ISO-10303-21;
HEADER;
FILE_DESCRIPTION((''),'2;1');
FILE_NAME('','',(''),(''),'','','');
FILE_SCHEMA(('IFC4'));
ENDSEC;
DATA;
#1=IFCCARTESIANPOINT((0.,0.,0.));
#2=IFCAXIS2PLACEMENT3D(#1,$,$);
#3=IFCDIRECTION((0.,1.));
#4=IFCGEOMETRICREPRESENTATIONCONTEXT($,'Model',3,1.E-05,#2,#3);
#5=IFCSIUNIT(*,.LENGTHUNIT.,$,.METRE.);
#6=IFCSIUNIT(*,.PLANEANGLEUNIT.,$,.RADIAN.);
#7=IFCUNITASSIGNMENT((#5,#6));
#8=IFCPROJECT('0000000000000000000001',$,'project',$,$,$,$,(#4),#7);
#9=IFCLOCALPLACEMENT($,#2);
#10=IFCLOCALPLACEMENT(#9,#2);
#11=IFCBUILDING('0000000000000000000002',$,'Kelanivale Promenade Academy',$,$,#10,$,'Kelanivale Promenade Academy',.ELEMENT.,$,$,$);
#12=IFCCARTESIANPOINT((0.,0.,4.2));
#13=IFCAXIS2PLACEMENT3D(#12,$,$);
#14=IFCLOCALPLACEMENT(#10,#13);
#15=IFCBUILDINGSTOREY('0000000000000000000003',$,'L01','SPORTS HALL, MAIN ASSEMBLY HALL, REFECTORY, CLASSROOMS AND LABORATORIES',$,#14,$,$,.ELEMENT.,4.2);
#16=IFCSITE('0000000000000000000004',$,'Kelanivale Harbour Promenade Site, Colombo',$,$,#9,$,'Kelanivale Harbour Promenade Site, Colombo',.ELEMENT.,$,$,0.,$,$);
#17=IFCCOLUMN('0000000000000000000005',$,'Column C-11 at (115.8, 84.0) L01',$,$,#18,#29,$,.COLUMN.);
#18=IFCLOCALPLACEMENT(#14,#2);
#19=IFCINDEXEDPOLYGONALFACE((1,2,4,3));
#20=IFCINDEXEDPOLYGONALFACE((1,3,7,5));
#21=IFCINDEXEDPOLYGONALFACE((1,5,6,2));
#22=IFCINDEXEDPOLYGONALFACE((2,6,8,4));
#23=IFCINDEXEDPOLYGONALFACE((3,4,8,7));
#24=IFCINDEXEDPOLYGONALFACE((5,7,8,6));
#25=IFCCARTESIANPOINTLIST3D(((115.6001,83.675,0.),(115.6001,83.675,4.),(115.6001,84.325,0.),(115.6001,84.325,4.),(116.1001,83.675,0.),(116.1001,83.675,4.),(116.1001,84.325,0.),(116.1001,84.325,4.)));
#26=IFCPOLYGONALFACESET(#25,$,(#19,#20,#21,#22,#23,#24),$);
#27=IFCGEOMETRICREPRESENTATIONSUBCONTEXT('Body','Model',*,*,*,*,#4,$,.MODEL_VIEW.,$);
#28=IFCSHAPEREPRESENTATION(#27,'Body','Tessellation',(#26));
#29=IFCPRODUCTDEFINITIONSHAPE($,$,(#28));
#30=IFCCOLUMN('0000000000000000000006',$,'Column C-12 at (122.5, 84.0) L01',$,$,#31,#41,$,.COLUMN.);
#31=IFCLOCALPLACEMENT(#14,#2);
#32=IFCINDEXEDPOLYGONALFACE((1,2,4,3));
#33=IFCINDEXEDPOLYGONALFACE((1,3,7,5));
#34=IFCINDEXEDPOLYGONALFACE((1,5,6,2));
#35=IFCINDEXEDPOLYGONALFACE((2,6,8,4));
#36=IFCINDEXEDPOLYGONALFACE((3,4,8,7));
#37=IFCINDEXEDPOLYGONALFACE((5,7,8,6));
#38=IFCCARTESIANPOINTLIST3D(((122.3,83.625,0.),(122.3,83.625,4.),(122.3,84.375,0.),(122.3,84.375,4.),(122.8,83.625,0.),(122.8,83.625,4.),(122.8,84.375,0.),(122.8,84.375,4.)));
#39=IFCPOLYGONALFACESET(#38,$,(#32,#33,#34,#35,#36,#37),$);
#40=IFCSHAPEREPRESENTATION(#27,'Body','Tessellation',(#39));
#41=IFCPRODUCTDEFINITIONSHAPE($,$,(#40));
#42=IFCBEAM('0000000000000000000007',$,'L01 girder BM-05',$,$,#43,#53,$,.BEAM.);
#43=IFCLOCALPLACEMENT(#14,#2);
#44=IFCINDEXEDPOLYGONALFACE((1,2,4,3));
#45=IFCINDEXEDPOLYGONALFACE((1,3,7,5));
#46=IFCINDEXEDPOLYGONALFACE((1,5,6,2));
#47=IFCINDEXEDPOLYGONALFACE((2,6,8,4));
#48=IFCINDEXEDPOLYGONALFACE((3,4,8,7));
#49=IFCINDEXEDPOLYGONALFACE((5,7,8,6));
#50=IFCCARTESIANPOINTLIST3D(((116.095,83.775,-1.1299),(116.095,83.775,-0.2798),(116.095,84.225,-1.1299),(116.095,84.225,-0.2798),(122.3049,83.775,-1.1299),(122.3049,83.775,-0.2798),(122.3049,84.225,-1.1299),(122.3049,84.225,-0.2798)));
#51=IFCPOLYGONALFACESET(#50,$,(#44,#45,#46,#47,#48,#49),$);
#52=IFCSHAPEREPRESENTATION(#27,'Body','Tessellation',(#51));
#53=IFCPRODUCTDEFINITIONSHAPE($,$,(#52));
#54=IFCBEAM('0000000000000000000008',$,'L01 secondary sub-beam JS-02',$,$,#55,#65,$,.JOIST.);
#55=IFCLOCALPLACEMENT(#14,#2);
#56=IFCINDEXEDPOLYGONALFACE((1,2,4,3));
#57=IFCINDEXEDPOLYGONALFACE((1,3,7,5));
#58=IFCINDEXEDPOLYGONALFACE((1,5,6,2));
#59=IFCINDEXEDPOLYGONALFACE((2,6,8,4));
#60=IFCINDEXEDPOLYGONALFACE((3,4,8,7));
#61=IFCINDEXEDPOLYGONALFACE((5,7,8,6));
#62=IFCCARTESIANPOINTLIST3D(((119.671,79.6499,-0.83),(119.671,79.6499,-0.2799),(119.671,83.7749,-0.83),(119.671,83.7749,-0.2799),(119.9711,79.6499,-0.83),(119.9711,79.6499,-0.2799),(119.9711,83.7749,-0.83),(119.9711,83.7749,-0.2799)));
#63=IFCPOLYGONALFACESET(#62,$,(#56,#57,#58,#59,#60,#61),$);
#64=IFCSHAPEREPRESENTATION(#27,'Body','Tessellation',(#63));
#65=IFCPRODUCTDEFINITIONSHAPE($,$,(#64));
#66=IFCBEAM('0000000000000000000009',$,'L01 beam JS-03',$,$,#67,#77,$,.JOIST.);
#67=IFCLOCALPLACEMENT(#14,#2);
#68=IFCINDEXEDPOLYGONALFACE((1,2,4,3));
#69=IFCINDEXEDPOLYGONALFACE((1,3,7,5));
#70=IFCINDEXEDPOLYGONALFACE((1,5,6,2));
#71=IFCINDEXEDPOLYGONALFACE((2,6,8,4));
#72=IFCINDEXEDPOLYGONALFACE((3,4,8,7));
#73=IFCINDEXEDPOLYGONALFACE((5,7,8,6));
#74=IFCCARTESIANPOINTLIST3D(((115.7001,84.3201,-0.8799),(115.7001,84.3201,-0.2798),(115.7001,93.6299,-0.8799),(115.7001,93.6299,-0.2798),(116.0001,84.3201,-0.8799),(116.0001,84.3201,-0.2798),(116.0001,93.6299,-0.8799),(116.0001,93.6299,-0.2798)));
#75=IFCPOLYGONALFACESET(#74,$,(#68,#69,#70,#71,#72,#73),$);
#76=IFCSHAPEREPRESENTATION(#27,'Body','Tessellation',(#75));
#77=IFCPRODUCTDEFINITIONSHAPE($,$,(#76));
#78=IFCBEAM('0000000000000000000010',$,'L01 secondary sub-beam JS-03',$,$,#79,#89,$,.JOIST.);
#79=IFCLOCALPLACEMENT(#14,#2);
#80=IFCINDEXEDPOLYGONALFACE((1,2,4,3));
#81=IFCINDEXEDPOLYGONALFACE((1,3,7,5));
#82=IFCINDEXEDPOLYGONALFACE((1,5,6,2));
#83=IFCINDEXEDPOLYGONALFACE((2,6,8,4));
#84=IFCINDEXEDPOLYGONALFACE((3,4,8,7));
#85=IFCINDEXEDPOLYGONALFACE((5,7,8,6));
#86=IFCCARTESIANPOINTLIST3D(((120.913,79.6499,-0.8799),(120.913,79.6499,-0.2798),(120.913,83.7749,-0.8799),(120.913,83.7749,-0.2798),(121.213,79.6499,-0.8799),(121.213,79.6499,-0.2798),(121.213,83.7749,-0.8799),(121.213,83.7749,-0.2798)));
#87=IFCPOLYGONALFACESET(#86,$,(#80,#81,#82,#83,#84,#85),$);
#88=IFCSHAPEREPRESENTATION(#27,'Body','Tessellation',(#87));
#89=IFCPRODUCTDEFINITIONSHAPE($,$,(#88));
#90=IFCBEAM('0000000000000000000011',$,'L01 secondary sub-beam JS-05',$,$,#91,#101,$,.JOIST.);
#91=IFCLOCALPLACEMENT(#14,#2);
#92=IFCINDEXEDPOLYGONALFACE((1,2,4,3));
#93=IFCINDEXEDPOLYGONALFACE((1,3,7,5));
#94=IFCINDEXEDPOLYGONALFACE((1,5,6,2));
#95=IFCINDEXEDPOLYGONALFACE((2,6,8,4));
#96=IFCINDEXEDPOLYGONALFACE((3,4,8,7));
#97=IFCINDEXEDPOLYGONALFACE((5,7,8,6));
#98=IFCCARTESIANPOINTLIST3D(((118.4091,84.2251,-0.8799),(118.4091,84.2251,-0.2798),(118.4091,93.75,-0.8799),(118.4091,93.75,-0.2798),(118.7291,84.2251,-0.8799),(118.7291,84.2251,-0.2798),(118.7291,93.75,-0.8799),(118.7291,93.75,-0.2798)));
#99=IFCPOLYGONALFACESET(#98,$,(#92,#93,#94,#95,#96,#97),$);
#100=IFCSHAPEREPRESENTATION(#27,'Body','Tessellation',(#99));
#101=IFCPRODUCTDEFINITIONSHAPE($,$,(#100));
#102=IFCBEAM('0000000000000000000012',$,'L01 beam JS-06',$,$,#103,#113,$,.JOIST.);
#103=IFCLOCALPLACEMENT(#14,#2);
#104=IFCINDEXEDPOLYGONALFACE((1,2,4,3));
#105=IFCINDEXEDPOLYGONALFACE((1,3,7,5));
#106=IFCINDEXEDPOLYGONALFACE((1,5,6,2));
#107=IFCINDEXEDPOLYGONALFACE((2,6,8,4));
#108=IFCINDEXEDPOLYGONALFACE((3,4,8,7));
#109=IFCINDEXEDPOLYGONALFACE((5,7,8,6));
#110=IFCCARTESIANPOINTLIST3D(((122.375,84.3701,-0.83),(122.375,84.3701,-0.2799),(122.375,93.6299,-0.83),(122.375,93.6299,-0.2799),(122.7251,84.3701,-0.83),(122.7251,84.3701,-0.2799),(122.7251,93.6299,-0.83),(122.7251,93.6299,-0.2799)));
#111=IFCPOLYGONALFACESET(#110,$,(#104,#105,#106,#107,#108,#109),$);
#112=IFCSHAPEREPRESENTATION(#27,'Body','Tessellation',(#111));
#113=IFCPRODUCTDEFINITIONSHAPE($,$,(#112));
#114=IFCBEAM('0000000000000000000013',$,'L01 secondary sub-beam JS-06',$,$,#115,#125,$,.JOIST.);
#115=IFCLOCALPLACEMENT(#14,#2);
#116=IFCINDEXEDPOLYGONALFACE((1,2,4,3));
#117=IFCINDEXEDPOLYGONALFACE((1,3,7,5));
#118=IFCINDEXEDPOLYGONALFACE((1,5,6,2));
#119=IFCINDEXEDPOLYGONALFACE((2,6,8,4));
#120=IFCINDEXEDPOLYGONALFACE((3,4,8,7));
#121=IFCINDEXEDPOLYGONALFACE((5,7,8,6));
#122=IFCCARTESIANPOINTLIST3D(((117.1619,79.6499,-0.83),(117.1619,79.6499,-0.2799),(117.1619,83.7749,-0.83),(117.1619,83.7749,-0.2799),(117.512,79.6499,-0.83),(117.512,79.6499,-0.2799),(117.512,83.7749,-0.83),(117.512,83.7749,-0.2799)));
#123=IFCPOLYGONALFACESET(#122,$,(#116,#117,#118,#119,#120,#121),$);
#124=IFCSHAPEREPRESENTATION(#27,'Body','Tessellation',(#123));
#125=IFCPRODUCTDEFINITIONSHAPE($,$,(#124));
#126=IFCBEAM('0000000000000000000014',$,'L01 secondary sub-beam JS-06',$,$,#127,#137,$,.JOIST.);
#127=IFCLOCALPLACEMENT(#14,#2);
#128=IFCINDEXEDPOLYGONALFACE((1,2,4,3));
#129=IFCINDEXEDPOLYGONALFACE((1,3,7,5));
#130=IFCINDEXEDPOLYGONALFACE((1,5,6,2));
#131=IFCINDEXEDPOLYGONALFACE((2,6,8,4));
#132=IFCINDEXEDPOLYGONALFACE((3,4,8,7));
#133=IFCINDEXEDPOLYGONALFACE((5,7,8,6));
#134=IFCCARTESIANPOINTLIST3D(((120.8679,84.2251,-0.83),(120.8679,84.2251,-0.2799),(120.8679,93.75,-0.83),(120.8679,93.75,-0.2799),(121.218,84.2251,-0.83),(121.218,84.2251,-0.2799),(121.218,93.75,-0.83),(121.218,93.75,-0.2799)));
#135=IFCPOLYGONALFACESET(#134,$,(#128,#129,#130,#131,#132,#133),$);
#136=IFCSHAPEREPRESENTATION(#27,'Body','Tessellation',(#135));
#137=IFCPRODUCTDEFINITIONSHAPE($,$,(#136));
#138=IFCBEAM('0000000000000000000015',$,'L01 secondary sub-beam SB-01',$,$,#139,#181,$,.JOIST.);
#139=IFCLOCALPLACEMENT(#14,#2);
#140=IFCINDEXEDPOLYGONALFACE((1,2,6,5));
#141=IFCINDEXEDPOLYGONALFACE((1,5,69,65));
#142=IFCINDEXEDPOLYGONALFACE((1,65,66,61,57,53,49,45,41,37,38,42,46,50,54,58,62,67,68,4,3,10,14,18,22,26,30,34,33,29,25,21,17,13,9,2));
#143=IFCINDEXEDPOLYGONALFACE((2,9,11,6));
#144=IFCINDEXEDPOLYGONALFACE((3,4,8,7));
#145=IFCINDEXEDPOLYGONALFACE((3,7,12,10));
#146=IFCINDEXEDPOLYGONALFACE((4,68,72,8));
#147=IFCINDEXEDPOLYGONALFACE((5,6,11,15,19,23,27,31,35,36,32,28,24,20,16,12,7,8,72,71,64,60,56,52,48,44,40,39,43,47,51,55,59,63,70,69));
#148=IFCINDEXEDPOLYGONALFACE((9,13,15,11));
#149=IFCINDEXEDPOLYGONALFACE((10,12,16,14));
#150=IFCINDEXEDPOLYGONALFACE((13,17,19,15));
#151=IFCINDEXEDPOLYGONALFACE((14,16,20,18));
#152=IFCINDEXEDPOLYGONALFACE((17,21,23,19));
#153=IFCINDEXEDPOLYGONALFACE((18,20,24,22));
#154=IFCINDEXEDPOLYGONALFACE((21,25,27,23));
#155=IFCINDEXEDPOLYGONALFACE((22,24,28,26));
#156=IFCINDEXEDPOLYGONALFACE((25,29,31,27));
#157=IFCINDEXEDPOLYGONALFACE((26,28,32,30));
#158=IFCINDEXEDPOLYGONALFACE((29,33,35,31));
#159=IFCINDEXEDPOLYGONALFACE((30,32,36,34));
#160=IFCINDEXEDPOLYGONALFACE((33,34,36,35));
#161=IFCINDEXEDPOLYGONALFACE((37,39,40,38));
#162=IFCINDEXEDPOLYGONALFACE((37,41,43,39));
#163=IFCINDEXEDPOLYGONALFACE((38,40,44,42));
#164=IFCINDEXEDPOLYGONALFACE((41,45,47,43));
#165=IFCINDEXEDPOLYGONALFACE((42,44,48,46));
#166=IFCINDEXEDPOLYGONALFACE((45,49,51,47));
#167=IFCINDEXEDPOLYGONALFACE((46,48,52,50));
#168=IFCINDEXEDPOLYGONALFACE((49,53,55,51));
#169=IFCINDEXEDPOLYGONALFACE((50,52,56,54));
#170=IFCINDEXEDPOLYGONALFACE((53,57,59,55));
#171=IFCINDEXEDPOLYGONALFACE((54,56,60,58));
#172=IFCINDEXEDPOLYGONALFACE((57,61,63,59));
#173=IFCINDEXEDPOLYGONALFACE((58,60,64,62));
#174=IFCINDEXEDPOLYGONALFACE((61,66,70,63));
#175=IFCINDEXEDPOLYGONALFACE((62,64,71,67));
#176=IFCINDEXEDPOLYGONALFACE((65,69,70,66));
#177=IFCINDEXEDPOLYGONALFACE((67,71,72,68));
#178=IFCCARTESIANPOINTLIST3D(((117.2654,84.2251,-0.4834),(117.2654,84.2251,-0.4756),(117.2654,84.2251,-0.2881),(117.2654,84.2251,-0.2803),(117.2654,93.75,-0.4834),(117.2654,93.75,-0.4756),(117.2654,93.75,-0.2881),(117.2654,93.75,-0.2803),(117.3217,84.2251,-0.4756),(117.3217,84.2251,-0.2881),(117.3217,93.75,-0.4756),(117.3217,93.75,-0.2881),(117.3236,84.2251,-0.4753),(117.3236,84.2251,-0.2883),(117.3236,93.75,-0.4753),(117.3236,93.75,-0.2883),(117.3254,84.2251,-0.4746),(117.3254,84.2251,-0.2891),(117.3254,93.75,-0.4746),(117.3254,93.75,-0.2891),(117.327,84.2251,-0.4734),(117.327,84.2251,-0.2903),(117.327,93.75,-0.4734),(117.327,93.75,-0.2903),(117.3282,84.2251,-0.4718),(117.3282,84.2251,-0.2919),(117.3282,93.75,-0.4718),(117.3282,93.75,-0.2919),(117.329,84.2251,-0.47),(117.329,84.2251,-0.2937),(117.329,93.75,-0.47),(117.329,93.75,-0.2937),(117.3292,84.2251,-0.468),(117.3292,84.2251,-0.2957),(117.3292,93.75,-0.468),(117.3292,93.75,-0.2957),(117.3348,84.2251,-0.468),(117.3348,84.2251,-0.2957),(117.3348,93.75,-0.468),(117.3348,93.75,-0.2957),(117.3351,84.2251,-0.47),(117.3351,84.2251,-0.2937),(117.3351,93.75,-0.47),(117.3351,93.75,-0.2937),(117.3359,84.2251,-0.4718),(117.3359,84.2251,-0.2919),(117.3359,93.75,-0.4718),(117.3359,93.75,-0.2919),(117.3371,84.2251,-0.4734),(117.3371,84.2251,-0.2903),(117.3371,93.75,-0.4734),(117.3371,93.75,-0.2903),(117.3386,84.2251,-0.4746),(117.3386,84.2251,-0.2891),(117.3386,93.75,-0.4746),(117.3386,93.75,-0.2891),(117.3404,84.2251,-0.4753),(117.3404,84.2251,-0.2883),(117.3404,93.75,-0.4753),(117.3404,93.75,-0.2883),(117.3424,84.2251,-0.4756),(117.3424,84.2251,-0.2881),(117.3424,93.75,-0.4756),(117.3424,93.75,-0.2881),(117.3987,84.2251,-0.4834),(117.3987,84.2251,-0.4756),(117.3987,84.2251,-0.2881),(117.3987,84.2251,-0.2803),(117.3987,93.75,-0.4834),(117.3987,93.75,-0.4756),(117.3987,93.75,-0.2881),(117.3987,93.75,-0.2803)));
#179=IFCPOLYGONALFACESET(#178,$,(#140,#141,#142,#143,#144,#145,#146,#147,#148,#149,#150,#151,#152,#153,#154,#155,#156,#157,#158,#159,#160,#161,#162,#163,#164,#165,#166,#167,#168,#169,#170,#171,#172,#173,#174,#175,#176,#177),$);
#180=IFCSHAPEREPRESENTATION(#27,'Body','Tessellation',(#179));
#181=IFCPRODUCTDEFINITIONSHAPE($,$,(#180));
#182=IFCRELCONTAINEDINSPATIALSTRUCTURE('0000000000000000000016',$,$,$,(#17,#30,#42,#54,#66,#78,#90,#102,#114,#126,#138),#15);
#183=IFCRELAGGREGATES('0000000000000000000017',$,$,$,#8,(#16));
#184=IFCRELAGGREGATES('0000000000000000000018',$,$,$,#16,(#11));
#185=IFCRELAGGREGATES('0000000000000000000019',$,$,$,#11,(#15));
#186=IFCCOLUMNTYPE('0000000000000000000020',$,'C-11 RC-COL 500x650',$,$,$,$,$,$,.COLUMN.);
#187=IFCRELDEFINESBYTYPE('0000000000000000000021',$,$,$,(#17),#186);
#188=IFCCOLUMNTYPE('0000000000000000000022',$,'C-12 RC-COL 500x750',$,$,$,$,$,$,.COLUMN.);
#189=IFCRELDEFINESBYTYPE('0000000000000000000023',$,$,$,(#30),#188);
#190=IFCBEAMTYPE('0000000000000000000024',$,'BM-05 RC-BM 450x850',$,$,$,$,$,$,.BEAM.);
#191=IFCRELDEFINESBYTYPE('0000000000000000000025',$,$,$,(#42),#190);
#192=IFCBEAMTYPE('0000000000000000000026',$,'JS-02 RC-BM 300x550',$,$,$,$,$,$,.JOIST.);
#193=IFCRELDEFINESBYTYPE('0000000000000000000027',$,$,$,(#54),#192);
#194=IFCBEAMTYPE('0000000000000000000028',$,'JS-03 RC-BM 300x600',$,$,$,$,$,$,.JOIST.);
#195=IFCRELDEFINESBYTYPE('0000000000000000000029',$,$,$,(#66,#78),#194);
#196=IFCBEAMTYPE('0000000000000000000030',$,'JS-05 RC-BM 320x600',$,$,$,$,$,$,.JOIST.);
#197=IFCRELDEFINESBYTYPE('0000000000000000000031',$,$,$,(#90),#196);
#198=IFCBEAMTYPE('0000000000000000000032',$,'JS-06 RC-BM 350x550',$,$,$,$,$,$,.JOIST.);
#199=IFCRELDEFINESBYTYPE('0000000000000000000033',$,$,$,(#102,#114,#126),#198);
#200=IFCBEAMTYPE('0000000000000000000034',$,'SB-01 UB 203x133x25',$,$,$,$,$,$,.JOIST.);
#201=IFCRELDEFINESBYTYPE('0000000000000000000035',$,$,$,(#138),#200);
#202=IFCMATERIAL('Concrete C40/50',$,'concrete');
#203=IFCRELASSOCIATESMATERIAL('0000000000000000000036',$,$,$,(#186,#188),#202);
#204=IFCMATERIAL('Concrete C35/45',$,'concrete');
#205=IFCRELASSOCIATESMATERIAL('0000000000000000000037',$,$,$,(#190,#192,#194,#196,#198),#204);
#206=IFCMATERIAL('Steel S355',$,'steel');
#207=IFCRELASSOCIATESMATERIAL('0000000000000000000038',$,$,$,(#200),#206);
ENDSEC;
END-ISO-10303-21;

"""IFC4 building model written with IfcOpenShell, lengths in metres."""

from ifc_helpers import new_model, si_unit, direction, frame, origin, origin_2d, place, context, subcontext, project, spatial, rectangle, i_section, extrude, material, material_profile, profile_set, type_object, element, save


model = new_model("IFC4")

# Units and contexts
model_context = context("Model", 3, precision=1e-05, world=origin(), true_north=direction((0.0, 1.0)))
body_context = subcontext(model_context, "Body", "Model", "MODEL_VIEW")
ifc_project = project(units=[si_unit("LENGTHUNIT", "METRE"), si_unit("PLANEANGLEUNIT", "RADIAN")], contexts=[model_context])

# Site, building, storey
site_placement = place(None, origin())
site = spatial("IfcSite", under=ifc_project, at=site_placement, Name="Kelanivale Harbour Promenade Site, Colombo", LongName="Kelanivale Harbour Promenade Site, Colombo", CompositionType="ELEMENT", RefElevation=0.0)
building_placement = place(site_placement, origin())
building = spatial("IfcBuilding", under=site, at=building_placement, Name="Kelanivale Promenade Academy", LongName="Kelanivale Promenade Academy", CompositionType="ELEMENT")
storey_placement = place(building_placement, frame((0.0, 0.0, 4.2)))
storey = spatial("IfcBuildingStorey", under=building, at=storey_placement, Name="L01", Description="SPORTS HALL, MAIN ASSEMBLY HALL, REFECTORY, CLASSROOMS AND LABORATORIES", CompositionType="ELEMENT", Elevation=4.2)

# Columns
ifc_material_1 = material(Name="Concrete C40/50", Category="concrete")
ifc_material_profile_1 = material_profile(ifc_material_1, rectangle(XDim=0.5, YDim=0.6499, at=origin_2d()), Name="RC-COL 500x650")
ifc_profile_set_1 = profile_set([ifc_material_profile_1], Name="Concrete C40/50")
column_type_1 = type_object("IfcColumnType", Name="C-11 RC-COL 500x650", PredefinedType="COLUMN", material=ifc_profile_set_1)
column_1_placement = place(storey_placement, frame((115.8501, 84.0, 0.0), z_axis=(0.0, 0.0, 1.0), x_axis=(1.0, 0.0, 0.0)))
element("IfcColumn", 1, at=column_1_placement, inside=storey, type_object=column_type_1, Name="Column C-11 at (115.8, 84.0) L01", PredefinedType="COLUMN", context=body_context, shape_type="SweptSolid", body=[
    extrude(rectangle(XDim=0.5, YDim=0.6499, at=origin_2d()), origin(), (0.0, 0.0, 1.0), 4.0),
])
ifc_material_profile_2 = material_profile(ifc_material_1, rectangle(XDim=0.5, YDim=0.75, at=origin_2d()), Name="RC-COL 500x750")
ifc_profile_set_2 = profile_set([ifc_material_profile_2], Name="Concrete C40/50")
column_type_2 = type_object("IfcColumnType", Name="C-12 RC-COL 500x750", PredefinedType="COLUMN", material=ifc_profile_set_2)
column_2_placement = place(storey_placement, frame((122.55, 84.0, 0.0), z_axis=(0.0, 0.0, 1.0), x_axis=(1.0, 0.0, 0.0)))
element("IfcColumn", 2, at=column_2_placement, inside=storey, type_object=column_type_2, Name="Column C-12 at (122.5, 84.0) L01", PredefinedType="COLUMN", context=body_context, shape_type="SweptSolid", body=[
    extrude(rectangle(XDim=0.5, YDim=0.75, at=origin_2d()), origin(), (0.0, 0.0, 1.0), 4.0),
])

# Beams
ifc_material_2 = material(Name="Concrete C35/45", Category="concrete")
ifc_material_profile_3 = material_profile(ifc_material_2, rectangle(XDim=0.45, YDim=0.8501, at=origin_2d()), Name="RC-BM 450x850")
ifc_profile_set_3 = profile_set([ifc_material_profile_3], Name="Concrete C35/45")
beam_type_1 = type_object("IfcBeamType", Name="BM-05 RC-BM 450x850", PredefinedType="BEAM", material=ifc_profile_set_3)
beam_1_placement = place(storey_placement, frame((116.095, 84.0, -0.7048), z_axis=(1.0, 0.0, 0.0), x_axis=(0.0, 1.0, 0.0)))
element("IfcBeam", 3, at=beam_1_placement, inside=storey, type_object=beam_type_1, Name="L01 girder BM-05", PredefinedType="BEAM", context=body_context, shape_type="SweptSolid", body=[
    extrude(rectangle(XDim=0.45, YDim=0.8501, at=origin_2d()), origin(), (0.0, 0.0, 1.0), 6.21),
])
ifc_material_profile_4 = material_profile(ifc_material_2, rectangle(XDim=0.3, YDim=0.55, at=origin_2d()), Name="RC-BM 300x550")
ifc_profile_set_4 = profile_set([ifc_material_profile_4], Name="Concrete C35/45")
beam_type_2 = type_object("IfcBeamType", Name="JS-02 RC-BM 300x550", PredefinedType="JOIST", material=ifc_profile_set_4)
beam_2_placement = place(storey_placement, frame((119.821, 79.6499, -0.5549), z_axis=(0.0, 1.0, 0.0), x_axis=(-1.0, 0.0, 0.0)))
element("IfcBeam", 4, at=beam_2_placement, inside=storey, type_object=beam_type_2, Name="L01 secondary sub-beam JS-02", PredefinedType="JOIST", context=body_context, shape_type="SweptSolid", body=[
    extrude(rectangle(XDim=0.3, YDim=0.55, at=origin_2d()), origin(), (0.0, 0.0, 1.0), 4.125),
])
ifc_material_profile_5 = material_profile(ifc_material_2, rectangle(XDim=0.3, YDim=0.6001, at=origin_2d()), Name="RC-BM 300x600")
ifc_profile_set_5 = profile_set([ifc_material_profile_5], Name="Concrete C35/45")
beam_type_3 = type_object("IfcBeamType", Name="JS-03 RC-BM 300x600", PredefinedType="JOIST", material=ifc_profile_set_5)
beam_3_placement = place(storey_placement, frame((115.8501, 84.3201, -0.5798), z_axis=(0.0, 1.0, 0.0), x_axis=(-1.0, 0.0, 0.0)))
element("IfcBeam", 5, at=beam_3_placement, inside=storey, type_object=beam_type_3, Name="L01 beam JS-03", PredefinedType="JOIST", context=body_context, shape_type="SweptSolid", body=[
    extrude(rectangle(XDim=0.3, YDim=0.6001, at=origin_2d()), origin(), (0.0, 0.0, 1.0), 9.3098),
])
beam_4_placement = place(storey_placement, frame((121.063, 79.6499, -0.5798), z_axis=(0.0, 1.0, 0.0), x_axis=(-1.0, 0.0, 0.0)))
element("IfcBeam", 6, at=beam_4_placement, inside=storey, type_object=beam_type_3, Name="L01 secondary sub-beam JS-03", PredefinedType="JOIST", context=body_context, shape_type="SweptSolid", body=[
    extrude(rectangle(XDim=0.3, YDim=0.6001, at=origin_2d()), origin(), (0.0, 0.0, 1.0), 4.125),
])
ifc_material_profile_6 = material_profile(ifc_material_2, rectangle(XDim=0.3201, YDim=0.6001, at=origin_2d()), Name="RC-BM 320x600")
ifc_profile_set_6 = profile_set([ifc_material_profile_6], Name="Concrete C35/45")
beam_type_4 = type_object("IfcBeamType", Name="JS-05 RC-BM 320x600", PredefinedType="JOIST", material=ifc_profile_set_6)
beam_5_placement = place(storey_placement, frame((118.5691, 84.2251, -0.5798), z_axis=(0.0, 1.0, 0.0), x_axis=(-1.0, 0.0, 0.0)))
element("IfcBeam", 7, at=beam_5_placement, inside=storey, type_object=beam_type_4, Name="L01 secondary sub-beam JS-05", PredefinedType="JOIST", context=body_context, shape_type="SweptSolid", body=[
    extrude(rectangle(XDim=0.3201, YDim=0.6001, at=origin_2d()), origin(), (0.0, 0.0, 1.0), 9.5249),
])
ifc_material_profile_7 = material_profile(ifc_material_2, rectangle(XDim=0.3501, YDim=0.55, at=origin_2d()), Name="RC-BM 350x550")
ifc_profile_set_7 = profile_set([ifc_material_profile_7], Name="Concrete C35/45")
beam_type_5 = type_object("IfcBeamType", Name="JS-06 RC-BM 350x550", PredefinedType="JOIST", material=ifc_profile_set_7)
beam_6_placement = place(storey_placement, frame((122.55, 84.3701, -0.5549), z_axis=(0.0, 1.0, 0.0), x_axis=(-1.0, 0.0, 0.0)))
element("IfcBeam", 8, at=beam_6_placement, inside=storey, type_object=beam_type_5, Name="L01 beam JS-06", PredefinedType="JOIST", context=body_context, shape_type="SweptSolid", body=[
    extrude(rectangle(XDim=0.3501, YDim=0.55, at=origin_2d()), origin(), (0.0, 0.0, 1.0), 9.2598),
])
beam_7_placement = place(storey_placement, frame((117.3369, 79.6499, -0.5549), z_axis=(0.0, 1.0, 0.0), x_axis=(-1.0, 0.0, 0.0)))
element("IfcBeam", 9, at=beam_7_placement, inside=storey, type_object=beam_type_5, Name="L01 secondary sub-beam JS-06", PredefinedType="JOIST", context=body_context, shape_type="SweptSolid", body=[
    extrude(rectangle(XDim=0.3501, YDim=0.55, at=origin_2d()), origin(), (0.0, 0.0, 1.0), 4.125),
])
beam_8_placement = place(storey_placement, frame((121.043, 84.2251, -0.5549), z_axis=(0.0, 1.0, 0.0), x_axis=(-1.0, 0.0, 0.0)))
element("IfcBeam", 10, at=beam_8_placement, inside=storey, type_object=beam_type_5, Name="L01 secondary sub-beam JS-06", PredefinedType="JOIST", context=body_context, shape_type="SweptSolid", body=[
    extrude(rectangle(XDim=0.3501, YDim=0.55, at=origin_2d()), origin(), (0.0, 0.0, 1.0), 9.5249),
])
ifc_material_3 = material(Name="Steel S355", Category="steel")
ifc_material_profile_8 = material_profile(ifc_material_3, i_section(OverallWidth=0.1333, OverallDepth=0.2031, WebThickness=0.0056, FlangeThickness=0.0078, FilletRadius=0.0076, at=origin_2d()), Name="UB 203x133x25")
ifc_profile_set_8 = profile_set([ifc_material_profile_8], Name="Steel S355")
beam_type_6 = type_object("IfcBeamType", Name="SB-01 UB 203x133x25", PredefinedType="JOIST", material=ifc_profile_set_8)
beam_9_placement = place(storey_placement, frame((117.332, 84.2251, -0.3818), z_axis=(0.0, 1.0, 0.0), x_axis=(-1.0, 0.0, 0.0)))
element("IfcBeam", 11, at=beam_9_placement, inside=storey, type_object=beam_type_6, Name="L01 secondary sub-beam SB-01", PredefinedType="JOIST", context=body_context, shape_type="SweptSolid", body=[
    extrude(i_section(OverallWidth=0.1333, OverallDepth=0.2031, WebThickness=0.0056, FlangeThickness=0.0078, FilletRadius=0.0076, at=origin_2d()), origin(), (0.0, 0.0, 1.0), 9.5249),
])

save(model, "model.ifc")
